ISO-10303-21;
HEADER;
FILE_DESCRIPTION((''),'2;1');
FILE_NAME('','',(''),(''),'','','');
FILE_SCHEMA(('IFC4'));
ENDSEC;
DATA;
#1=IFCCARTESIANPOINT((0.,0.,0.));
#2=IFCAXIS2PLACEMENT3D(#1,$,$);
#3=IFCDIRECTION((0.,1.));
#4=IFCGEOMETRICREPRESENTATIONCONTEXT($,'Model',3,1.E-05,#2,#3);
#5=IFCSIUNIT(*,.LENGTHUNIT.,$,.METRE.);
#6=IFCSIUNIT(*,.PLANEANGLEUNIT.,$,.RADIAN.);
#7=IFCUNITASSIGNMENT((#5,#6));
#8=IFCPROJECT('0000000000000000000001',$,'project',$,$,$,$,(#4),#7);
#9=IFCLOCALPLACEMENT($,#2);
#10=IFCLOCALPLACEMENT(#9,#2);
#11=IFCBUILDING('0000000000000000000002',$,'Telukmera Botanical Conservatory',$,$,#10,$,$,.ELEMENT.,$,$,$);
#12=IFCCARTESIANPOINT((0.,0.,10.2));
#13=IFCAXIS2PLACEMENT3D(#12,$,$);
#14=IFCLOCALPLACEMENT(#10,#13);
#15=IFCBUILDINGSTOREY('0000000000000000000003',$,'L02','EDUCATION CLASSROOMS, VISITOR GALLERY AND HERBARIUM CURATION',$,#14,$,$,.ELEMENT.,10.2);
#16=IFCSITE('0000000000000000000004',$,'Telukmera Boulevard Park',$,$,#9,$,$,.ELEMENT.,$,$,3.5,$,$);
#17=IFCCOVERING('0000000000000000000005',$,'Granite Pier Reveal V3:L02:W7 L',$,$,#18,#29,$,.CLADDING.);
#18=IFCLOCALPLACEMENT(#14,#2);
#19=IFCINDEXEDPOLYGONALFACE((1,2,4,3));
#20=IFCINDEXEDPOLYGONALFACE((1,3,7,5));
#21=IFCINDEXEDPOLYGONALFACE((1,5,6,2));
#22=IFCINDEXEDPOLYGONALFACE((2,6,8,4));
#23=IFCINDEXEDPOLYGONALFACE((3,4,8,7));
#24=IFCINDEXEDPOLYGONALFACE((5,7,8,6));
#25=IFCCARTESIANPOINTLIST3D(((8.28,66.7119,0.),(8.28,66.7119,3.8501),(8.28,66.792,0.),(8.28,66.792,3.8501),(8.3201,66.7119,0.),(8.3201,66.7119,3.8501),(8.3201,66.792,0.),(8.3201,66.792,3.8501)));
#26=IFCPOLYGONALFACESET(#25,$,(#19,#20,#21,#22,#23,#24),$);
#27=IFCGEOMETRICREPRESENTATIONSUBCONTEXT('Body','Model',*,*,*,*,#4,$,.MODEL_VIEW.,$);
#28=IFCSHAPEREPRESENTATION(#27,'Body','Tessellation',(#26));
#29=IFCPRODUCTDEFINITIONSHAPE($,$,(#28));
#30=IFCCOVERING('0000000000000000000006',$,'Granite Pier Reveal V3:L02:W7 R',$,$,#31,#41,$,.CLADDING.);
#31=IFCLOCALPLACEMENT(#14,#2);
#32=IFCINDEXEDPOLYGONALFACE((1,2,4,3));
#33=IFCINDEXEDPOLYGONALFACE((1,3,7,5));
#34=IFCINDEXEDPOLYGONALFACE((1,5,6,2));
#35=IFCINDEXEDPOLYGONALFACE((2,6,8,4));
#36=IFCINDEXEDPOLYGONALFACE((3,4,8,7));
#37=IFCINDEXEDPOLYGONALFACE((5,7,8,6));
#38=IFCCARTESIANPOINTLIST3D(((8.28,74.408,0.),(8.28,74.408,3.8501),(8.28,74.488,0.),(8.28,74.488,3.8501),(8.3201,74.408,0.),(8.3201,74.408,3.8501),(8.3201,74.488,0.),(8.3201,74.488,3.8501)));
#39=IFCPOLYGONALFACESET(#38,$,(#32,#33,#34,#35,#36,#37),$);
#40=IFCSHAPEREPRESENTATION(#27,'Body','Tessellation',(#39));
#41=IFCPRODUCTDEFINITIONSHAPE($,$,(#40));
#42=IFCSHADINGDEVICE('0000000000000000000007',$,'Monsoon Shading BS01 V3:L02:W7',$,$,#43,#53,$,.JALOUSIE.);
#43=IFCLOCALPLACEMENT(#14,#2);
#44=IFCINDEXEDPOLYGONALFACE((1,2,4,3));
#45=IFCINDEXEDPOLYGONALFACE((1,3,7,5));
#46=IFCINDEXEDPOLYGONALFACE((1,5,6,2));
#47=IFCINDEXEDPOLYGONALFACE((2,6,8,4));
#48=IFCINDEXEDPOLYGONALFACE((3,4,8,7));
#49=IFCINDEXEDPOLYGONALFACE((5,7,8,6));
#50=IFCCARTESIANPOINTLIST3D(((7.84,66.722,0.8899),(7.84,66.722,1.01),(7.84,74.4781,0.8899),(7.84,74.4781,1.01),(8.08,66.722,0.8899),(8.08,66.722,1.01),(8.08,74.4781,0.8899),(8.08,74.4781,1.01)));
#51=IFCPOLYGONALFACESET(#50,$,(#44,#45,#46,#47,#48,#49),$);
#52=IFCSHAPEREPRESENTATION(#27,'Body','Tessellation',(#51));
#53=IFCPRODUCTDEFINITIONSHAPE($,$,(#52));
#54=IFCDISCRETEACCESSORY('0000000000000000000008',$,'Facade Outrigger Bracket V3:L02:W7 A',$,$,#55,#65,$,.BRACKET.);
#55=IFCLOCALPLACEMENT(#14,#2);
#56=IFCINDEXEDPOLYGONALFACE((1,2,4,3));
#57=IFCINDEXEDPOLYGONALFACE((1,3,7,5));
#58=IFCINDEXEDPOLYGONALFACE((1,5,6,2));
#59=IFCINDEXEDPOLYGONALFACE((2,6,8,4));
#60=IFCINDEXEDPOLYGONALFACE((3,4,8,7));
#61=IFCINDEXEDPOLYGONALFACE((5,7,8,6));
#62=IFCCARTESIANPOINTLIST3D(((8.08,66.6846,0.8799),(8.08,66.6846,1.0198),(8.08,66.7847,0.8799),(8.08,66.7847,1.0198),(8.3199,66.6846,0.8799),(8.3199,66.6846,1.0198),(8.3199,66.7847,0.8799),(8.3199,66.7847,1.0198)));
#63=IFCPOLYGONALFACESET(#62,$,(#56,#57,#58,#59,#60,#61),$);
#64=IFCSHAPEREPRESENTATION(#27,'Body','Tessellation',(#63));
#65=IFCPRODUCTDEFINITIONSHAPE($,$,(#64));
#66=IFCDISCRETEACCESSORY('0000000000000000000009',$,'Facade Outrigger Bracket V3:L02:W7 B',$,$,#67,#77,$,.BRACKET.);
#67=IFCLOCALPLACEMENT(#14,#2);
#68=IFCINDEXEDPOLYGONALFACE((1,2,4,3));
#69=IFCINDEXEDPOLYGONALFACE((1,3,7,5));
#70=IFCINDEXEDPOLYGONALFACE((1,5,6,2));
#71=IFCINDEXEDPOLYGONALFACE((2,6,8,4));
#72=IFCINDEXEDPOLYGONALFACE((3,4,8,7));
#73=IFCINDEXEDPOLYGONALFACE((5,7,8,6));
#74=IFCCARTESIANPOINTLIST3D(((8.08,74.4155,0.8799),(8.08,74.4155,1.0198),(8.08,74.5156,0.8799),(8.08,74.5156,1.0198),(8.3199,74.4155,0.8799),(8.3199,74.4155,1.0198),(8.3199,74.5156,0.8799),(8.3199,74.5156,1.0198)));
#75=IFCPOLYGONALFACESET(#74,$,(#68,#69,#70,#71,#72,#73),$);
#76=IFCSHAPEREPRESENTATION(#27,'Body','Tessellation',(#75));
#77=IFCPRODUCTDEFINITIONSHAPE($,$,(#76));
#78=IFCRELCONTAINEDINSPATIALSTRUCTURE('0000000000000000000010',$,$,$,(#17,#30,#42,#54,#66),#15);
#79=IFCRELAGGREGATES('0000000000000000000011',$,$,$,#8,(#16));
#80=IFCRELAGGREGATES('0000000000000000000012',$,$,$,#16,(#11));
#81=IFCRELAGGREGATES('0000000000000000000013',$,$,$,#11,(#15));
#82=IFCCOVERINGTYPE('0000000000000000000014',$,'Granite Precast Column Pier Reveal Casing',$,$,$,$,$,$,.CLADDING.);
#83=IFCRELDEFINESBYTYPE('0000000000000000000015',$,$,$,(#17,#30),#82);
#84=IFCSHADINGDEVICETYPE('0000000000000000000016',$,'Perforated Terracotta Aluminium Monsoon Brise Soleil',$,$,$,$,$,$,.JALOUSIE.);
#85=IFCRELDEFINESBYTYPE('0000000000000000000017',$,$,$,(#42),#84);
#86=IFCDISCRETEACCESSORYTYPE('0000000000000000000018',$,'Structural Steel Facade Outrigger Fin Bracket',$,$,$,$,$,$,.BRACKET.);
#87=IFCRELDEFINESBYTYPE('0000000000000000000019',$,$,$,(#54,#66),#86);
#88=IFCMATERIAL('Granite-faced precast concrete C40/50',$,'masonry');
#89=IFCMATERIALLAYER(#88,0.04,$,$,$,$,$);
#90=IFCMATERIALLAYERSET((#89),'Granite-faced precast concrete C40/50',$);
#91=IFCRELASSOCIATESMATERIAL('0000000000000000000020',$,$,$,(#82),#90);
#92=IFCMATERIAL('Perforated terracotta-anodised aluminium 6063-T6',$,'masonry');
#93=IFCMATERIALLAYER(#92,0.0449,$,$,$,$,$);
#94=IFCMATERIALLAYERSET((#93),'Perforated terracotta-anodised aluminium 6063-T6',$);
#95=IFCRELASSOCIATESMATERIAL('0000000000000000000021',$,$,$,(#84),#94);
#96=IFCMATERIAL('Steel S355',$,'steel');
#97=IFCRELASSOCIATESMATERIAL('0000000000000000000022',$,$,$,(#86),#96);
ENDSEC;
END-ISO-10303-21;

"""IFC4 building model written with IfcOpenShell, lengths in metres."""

from ifc_helpers import new_model, si_unit, direction, frame, origin, origin_2d, place, context, subcontext, project, spatial, rectangle, extrude, material, layer, layer_set, type_object, element, save


model = new_model("IFC4")

# Units and contexts
model_context = context("Model", 3, precision=1e-05, world=origin(), true_north=direction((0.0, 1.0)))
body_context = subcontext(model_context, "Body", "Model", "MODEL_VIEW")
ifc_project = project(units=[si_unit("LENGTHUNIT", "METRE"), si_unit("PLANEANGLEUNIT", "RADIAN")], contexts=[model_context])

# Site, building, storey
site_placement = place(None, origin())
site = spatial("IfcSite", under=ifc_project, at=site_placement, Name="Telukmera Boulevard Park", CompositionType="ELEMENT", RefElevation=3.5)
building_placement = place(site_placement, origin())
building = spatial("IfcBuilding", under=site, at=building_placement, Name="Telukmera Botanical Conservatory", CompositionType="ELEMENT")
storey_placement = place(building_placement, frame((0.0, 0.0, 10.2)))
storey = spatial("IfcBuildingStorey", under=building, at=storey_placement, Name="L02", Description="EDUCATION CLASSROOMS, VISITOR GALLERY AND HERBARIUM CURATION", CompositionType="ELEMENT", Elevation=10.2)

# Coverings
ifc_material_1 = material(Name="Granite-faced precast concrete C40/50", Category="masonry")
ifc_layer_1 = layer(ifc_material_1, 0.04)
ifc_layer_set_1 = layer_set([ifc_layer_1], Name="Granite-faced precast concrete C40/50")
covering_type = type_object("IfcCoveringType", Name="Granite Precast Column Pier Reveal Casing", PredefinedType="CLADDING", material=ifc_layer_set_1)
for number, where, z_axis, x_axis, name in (
    (1, (8.3, 66.752, 0.0), (0.0, 0.0, 1.0), (0.0, 1.0, 0.0), "Granite Pier Reveal V3:L02:W7 L"),
    (2, (8.3, 74.448, 0.0), (0.0, 0.0, 1.0), (0.0, 1.0, 0.0), "Granite Pier Reveal V3:L02:W7 R"),
):
    element("IfcCovering", number, at=place(storey_placement, frame(where, z_axis=z_axis, x_axis=x_axis)), inside=storey, type_object=covering_type, Name=name, PredefinedType="CLADDING", context=body_context, shape_type="SweptSolid", body=[
        extrude(rectangle(XDim=0.0801, YDim=0.04, at=origin_2d()), origin(), (0.0, 0.0, 1.0), 3.8501),
    ])

# Shading device
ifc_material_2 = material(Name="Perforated terracotta-anodised aluminium 6063-T6", Category="masonry")
ifc_layer_2 = layer(ifc_material_2, 0.0449)
ifc_layer_set_2 = layer_set([ifc_layer_2], Name="Perforated terracotta-anodised aluminium 6063-T6")
shading_device_type = type_object("IfcShadingDeviceType", Name="Perforated Terracotta Aluminium Monsoon Brise Soleil", PredefinedType="JALOUSIE", material=ifc_layer_set_2)
shading_device_placement = place(storey_placement, frame((7.96, 70.6001, 0.8899), z_axis=(0.0, 0.0, 1.0), x_axis=(0.0, 1.0, 0.0)))
element("IfcShadingDevice", 3, at=shading_device_placement, inside=storey, type_object=shading_device_type, Name="Monsoon Shading BS01 V3:L02:W7", PredefinedType="JALOUSIE", context=body_context, shape_type="SweptSolid", body=[
    extrude(rectangle(XDim=7.7561, YDim=0.24, at=origin_2d()), origin(), (0.0, 0.0, 1.0), 0.1201),
])

# Discrete accessories
ifc_material_3 = material(Name="Steel S355", Category="steel")
discrete_accessory_type = type_object("IfcDiscreteAccessoryType", Name="Structural Steel Facade Outrigger Fin Bracket", PredefinedType="BRACKET", material=ifc_material_3)
for number, where, z_axis, x_axis, name in (
    (4, (8.2, 66.7346, 0.8799), (0.0, 0.0, 1.0), (0.0, 1.0, 0.0), "Facade Outrigger Bracket V3:L02:W7 A"),
    (5, (8.2, 74.4656, 0.8799), (0.0, 0.0, 1.0), (0.0, 1.0, 0.0), "Facade Outrigger Bracket V3:L02:W7 B"),
):
    element("IfcDiscreteAccessory", number, at=place(storey_placement, frame(where, z_axis=z_axis, x_axis=x_axis)), inside=storey, type_object=discrete_accessory_type, Name=name, PredefinedType="BRACKET", context=body_context, shape_type="SweptSolid", body=[
        extrude(rectangle(XDim=0.1001, YDim=0.24, at=origin_2d()), origin(), (0.0, 0.0, 1.0), 0.1399),
    ])

save(model, "model.ifc")
